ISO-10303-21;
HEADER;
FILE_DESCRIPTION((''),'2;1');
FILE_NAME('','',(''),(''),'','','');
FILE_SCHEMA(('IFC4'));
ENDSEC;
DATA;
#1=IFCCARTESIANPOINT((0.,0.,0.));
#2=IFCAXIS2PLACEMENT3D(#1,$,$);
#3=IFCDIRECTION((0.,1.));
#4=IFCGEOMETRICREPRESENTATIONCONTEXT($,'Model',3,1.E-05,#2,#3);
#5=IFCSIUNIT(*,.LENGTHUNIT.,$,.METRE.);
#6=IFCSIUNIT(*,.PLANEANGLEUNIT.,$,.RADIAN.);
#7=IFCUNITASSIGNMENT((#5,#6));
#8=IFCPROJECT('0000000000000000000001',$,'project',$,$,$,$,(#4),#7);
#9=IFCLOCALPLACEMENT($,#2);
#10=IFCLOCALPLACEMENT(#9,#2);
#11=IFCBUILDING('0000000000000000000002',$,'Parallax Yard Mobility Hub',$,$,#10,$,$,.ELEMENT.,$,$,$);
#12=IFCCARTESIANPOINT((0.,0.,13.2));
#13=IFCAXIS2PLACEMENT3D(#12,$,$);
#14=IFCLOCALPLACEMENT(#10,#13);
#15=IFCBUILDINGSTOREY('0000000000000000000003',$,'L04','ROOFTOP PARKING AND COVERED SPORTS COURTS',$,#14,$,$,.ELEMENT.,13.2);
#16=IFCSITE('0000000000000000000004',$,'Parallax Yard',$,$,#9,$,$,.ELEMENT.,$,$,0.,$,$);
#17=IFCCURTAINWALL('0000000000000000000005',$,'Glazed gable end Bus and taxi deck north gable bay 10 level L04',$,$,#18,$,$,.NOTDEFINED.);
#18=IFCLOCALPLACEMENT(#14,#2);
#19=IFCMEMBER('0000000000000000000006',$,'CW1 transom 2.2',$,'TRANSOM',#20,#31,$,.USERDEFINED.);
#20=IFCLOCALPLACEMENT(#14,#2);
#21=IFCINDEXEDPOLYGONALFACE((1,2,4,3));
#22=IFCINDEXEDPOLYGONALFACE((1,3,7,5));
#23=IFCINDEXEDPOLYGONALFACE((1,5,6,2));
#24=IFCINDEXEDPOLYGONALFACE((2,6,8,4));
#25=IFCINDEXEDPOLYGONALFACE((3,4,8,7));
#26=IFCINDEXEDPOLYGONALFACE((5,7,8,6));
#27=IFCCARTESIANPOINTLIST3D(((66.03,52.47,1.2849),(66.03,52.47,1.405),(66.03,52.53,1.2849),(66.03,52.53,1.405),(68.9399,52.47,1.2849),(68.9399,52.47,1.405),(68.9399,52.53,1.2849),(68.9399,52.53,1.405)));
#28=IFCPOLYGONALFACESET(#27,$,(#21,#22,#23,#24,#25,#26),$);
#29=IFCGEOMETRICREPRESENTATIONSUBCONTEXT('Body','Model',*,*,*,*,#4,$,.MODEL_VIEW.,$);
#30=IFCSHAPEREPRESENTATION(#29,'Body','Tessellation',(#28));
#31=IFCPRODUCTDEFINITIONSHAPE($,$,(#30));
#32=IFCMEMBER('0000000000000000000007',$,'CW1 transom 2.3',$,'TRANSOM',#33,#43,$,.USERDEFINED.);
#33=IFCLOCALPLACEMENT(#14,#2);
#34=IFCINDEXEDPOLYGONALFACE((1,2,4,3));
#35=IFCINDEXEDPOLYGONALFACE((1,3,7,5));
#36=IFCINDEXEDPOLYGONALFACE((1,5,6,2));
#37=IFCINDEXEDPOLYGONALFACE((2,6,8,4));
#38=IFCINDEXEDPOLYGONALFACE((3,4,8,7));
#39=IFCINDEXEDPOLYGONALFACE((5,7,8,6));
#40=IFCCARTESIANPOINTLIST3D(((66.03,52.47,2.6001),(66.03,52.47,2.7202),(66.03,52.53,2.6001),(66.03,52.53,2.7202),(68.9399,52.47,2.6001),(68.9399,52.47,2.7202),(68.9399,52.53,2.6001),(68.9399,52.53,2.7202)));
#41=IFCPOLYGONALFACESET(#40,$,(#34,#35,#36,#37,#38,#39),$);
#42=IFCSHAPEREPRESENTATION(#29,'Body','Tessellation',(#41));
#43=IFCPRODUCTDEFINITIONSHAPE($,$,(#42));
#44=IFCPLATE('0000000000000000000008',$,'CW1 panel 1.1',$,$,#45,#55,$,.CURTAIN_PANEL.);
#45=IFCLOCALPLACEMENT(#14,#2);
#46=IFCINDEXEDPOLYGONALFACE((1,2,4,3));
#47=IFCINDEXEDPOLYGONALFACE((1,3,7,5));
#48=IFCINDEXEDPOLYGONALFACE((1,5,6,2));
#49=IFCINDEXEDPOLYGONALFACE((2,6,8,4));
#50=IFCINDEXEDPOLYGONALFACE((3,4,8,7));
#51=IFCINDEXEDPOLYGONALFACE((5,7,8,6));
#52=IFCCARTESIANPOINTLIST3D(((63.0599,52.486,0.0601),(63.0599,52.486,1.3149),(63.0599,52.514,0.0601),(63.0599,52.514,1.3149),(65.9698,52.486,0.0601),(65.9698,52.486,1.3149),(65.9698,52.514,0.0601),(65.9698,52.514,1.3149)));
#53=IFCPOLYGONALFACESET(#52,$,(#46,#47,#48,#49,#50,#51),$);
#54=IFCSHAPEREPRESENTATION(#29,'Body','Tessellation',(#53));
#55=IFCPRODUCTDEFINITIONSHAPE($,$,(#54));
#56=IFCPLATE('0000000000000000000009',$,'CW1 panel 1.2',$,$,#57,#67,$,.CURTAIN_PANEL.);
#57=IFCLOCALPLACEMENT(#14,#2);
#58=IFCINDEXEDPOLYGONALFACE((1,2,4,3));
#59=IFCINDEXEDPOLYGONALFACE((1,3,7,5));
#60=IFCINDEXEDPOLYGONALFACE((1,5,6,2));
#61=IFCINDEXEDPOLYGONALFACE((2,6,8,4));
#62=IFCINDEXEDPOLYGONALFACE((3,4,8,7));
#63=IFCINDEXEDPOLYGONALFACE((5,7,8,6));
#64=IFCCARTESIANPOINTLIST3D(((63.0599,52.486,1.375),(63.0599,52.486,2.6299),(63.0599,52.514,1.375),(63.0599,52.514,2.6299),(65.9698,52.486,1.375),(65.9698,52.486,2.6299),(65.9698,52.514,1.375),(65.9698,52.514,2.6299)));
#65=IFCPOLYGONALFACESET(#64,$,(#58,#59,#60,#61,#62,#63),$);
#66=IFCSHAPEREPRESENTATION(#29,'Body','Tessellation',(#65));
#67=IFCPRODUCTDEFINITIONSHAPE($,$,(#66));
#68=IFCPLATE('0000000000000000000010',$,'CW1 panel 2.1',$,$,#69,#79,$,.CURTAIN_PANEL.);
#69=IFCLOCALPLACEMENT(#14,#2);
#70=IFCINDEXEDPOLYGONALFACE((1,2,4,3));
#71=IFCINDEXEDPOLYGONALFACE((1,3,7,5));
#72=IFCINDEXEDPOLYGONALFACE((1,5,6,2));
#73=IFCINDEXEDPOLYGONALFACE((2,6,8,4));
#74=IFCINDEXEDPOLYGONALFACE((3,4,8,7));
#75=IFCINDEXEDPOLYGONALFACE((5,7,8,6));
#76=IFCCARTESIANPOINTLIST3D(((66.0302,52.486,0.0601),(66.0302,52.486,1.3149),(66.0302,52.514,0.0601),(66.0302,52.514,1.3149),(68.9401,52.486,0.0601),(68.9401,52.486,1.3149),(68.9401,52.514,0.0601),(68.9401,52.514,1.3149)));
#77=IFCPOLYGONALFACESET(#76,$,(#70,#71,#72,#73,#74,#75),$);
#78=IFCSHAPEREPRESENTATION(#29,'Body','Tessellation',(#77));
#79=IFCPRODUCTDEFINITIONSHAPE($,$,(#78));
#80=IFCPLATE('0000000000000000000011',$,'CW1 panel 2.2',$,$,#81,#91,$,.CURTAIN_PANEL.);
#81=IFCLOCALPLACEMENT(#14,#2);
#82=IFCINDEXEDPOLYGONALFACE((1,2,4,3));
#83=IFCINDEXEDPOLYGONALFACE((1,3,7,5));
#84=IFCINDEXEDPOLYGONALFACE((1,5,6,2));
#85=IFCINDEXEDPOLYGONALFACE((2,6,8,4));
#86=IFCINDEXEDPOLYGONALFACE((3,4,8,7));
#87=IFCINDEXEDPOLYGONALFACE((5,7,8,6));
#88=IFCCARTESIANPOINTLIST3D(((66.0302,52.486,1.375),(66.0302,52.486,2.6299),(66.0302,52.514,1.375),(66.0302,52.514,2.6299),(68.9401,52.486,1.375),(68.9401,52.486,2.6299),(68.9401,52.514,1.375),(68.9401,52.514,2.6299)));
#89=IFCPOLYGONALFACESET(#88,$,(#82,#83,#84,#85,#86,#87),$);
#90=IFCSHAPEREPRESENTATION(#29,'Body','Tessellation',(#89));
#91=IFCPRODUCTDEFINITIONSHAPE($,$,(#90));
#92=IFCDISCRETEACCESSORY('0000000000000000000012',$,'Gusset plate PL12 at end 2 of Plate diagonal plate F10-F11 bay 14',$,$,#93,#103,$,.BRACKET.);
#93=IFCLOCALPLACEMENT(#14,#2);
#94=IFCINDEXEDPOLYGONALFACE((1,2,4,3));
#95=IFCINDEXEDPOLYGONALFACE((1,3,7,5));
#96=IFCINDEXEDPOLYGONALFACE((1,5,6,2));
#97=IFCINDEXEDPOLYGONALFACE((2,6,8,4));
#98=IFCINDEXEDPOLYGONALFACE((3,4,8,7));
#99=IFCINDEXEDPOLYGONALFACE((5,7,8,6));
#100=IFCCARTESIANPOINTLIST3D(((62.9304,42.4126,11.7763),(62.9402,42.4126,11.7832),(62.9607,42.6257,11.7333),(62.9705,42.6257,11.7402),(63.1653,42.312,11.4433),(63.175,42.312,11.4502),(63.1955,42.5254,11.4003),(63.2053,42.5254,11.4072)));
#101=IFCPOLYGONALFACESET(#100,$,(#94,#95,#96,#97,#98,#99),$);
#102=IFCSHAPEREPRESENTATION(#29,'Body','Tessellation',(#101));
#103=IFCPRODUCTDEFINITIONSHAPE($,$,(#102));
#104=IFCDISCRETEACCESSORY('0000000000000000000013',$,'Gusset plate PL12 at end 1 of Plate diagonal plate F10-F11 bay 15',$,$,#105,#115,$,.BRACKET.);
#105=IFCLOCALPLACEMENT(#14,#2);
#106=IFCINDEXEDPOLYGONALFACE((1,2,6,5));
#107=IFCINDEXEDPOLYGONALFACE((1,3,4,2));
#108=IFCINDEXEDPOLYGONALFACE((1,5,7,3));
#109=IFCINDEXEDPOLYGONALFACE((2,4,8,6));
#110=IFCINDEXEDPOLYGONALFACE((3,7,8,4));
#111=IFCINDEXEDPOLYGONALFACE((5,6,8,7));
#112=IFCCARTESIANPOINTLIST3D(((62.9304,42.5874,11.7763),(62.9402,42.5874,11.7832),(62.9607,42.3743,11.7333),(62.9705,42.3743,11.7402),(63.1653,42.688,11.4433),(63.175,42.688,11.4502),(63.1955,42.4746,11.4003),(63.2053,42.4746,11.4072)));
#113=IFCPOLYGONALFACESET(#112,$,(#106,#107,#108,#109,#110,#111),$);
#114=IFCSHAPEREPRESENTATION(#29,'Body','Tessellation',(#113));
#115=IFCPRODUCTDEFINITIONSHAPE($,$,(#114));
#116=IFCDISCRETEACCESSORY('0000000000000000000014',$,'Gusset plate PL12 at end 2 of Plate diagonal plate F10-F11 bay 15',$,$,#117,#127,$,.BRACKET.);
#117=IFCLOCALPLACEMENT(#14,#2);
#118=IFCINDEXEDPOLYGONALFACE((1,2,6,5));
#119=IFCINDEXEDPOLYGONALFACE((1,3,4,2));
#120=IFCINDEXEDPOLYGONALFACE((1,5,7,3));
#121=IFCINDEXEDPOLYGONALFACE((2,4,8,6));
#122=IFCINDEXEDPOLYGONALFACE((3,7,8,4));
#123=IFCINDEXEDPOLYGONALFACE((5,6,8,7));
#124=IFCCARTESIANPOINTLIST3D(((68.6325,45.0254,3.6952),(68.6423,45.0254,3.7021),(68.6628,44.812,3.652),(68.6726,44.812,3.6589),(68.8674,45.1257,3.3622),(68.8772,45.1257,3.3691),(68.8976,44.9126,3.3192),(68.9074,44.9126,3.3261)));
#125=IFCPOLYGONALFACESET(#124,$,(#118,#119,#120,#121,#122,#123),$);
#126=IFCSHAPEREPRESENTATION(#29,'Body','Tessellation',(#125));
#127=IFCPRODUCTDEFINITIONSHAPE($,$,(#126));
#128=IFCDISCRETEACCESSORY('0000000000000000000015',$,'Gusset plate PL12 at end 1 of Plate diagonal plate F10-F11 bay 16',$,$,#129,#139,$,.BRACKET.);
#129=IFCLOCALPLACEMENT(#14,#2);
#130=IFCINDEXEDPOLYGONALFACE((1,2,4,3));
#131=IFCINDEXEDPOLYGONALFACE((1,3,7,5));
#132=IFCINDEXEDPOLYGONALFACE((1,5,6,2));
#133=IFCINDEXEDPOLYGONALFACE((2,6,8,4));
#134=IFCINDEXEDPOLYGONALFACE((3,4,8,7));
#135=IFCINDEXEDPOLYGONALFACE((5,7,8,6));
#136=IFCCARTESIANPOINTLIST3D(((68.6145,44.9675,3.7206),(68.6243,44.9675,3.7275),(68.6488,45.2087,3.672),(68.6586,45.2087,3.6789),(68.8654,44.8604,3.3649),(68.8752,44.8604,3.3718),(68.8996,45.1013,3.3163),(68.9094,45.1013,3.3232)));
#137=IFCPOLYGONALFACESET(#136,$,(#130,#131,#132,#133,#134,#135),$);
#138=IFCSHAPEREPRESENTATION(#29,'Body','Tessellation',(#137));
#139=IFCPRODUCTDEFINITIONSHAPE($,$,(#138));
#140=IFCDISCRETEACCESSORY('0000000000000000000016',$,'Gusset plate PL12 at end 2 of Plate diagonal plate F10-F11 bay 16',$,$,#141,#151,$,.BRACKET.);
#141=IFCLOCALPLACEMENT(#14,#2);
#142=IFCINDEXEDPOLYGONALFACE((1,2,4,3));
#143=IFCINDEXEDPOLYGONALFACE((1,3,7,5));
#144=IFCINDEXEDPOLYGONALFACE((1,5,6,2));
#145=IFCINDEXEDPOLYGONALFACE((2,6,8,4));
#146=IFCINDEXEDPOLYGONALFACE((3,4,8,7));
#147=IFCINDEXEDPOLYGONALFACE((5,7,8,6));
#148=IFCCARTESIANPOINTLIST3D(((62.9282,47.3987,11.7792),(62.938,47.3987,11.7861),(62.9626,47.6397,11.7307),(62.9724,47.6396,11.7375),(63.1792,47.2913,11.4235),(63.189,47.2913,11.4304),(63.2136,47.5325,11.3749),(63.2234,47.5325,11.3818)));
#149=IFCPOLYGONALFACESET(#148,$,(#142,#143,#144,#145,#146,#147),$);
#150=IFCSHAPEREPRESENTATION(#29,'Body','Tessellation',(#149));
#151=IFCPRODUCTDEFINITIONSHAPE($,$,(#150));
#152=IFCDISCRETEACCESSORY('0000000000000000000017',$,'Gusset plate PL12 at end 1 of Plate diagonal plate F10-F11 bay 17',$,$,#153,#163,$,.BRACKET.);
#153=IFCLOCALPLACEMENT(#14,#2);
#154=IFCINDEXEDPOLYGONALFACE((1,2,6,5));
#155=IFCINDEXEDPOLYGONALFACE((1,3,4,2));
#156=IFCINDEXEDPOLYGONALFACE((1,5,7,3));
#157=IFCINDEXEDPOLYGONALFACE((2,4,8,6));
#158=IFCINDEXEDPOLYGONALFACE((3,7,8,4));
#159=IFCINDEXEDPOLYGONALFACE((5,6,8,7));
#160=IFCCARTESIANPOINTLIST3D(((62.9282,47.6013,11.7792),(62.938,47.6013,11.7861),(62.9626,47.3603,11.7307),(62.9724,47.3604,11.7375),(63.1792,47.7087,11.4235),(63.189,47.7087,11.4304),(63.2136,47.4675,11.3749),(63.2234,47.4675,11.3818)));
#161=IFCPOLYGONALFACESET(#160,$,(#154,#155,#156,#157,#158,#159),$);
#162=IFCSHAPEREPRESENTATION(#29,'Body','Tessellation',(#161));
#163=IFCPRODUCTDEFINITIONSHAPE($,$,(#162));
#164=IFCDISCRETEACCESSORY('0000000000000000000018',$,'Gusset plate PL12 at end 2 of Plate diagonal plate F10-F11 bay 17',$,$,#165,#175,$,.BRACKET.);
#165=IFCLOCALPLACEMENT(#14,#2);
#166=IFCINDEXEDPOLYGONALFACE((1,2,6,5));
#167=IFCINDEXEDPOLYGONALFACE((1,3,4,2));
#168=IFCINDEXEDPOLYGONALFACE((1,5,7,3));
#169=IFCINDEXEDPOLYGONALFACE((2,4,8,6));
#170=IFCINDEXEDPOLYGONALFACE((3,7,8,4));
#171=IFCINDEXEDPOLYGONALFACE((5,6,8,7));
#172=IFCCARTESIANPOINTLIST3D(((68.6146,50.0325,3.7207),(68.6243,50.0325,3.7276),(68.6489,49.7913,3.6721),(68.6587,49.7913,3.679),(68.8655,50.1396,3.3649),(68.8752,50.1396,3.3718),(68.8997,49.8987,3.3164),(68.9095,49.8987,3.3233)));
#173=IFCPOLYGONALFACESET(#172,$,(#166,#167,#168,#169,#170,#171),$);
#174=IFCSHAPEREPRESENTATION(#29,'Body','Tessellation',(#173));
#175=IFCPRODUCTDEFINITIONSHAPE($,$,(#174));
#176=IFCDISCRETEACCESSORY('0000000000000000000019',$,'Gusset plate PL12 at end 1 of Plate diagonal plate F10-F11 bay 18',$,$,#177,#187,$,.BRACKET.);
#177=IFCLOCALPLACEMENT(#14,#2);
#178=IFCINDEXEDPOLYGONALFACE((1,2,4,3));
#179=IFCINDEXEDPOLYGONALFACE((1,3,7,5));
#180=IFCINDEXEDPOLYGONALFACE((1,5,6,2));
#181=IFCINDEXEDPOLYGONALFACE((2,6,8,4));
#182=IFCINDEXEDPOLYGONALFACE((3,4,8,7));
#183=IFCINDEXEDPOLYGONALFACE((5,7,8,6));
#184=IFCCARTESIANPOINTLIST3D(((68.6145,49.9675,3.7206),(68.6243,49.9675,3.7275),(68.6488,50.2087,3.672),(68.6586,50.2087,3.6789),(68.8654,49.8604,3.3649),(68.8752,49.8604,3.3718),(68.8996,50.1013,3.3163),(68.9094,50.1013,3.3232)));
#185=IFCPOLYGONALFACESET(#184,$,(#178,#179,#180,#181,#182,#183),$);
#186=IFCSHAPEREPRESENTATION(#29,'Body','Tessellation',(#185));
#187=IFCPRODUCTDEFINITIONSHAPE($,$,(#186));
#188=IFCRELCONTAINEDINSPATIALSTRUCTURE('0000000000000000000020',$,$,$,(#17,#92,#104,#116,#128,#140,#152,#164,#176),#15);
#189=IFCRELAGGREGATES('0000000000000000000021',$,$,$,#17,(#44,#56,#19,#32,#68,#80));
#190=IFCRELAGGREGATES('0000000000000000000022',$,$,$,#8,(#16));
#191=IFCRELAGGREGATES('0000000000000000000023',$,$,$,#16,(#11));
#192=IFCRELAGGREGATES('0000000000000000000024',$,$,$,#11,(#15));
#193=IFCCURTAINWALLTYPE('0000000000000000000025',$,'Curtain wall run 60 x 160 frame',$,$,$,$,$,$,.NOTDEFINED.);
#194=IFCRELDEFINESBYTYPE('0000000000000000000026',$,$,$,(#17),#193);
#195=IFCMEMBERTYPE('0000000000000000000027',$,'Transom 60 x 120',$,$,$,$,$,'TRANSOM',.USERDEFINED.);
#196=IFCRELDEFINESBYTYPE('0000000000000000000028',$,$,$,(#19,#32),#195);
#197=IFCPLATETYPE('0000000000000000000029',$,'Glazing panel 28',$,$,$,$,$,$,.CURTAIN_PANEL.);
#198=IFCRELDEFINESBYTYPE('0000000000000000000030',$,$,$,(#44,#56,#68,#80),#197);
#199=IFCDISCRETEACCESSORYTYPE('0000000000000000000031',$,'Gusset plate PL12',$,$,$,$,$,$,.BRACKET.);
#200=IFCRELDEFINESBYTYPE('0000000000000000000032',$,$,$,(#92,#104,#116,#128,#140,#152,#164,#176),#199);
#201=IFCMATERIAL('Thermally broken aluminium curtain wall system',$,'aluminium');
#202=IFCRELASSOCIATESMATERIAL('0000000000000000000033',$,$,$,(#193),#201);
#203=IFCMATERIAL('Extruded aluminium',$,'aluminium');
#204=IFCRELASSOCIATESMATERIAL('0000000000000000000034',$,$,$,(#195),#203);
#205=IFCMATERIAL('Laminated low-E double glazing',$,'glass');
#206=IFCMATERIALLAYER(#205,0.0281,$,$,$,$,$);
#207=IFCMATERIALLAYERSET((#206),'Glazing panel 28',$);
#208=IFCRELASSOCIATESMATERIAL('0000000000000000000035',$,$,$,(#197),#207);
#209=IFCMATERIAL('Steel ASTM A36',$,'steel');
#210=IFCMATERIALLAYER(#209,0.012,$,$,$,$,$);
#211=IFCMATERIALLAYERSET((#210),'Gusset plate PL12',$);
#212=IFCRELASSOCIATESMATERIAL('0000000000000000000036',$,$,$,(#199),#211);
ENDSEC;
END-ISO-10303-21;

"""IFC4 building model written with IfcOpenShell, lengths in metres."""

from ifc_helpers import new_model, si_unit, direction, frame, origin, origin_2d, place, context, subcontext, project, spatial, polyline, rectangle, outline, extrude, material, layer, layer_set, material_profile, profile_set, type_object, element, aggregate, save


model = new_model("IFC4")

# Units and contexts
model_context = context("Model", 3, precision=1e-05, world=origin(), true_north=direction((0.0, 1.0)))
body_context = subcontext(model_context, "Body", "Model", "MODEL_VIEW")
ifc_project = project(units=[si_unit("LENGTHUNIT", "METRE"), si_unit("PLANEANGLEUNIT", "RADIAN")], contexts=[model_context])

# Site, building, storey
site_placement = place(None, origin())
site = spatial("IfcSite", under=ifc_project, at=site_placement, Name="Parallax Yard", CompositionType="ELEMENT", RefElevation=0.0)
building_placement = place(site_placement, origin())
building = spatial("IfcBuilding", under=site, at=building_placement, Name="Parallax Yard Mobility Hub", CompositionType="ELEMENT")
storey_placement = place(building_placement, frame((0.0, 0.0, 13.2)))
storey = spatial("IfcBuildingStorey", under=building, at=storey_placement, Name="L04", Description="ROOFTOP PARKING AND COVERED SPORTS COURTS", CompositionType="ELEMENT", Elevation=13.2)

# Curtain wall
ifc_material_1 = material(Name="Thermally broken aluminium curtain wall system", Category="aluminium")
curtain_wall_type = type_object("IfcCurtainWallType", Name="Curtain wall run 60 x 160 frame", PredefinedType="NOTDEFINED", material=ifc_material_1)
curtain_wall_1_placement = place(storey_placement, origin())
curtain_wall_1 = element("IfcCurtainWall", 1, at=curtain_wall_1_placement, inside=storey, type_object=curtain_wall_type, Name="Glazed gable end Bus and taxi deck north gable bay 10 level L04", PredefinedType="NOTDEFINED")
ifc_material_2 = material(Name="Extruded aluminium", Category="aluminium")

# Members
ifc_material_profile_1 = material_profile(ifc_material_2, rectangle(XDim=0.0601, YDim=0.1201, at=origin_2d()), Name="Transom 60 x 120")
ifc_profile_set_1 = profile_set([ifc_material_profile_1], Name="Extruded aluminium")
member_type_1 = type_object("IfcMemberType", Name="Transom 60 x 120", ElementType="TRANSOM", PredefinedType="USERDEFINED", material=ifc_profile_set_1)
member_1_placement = place(storey_placement, frame((66.03, 52.5, 1.345), z_axis=(1.0, 0.0, 0.0), x_axis=(0.0, 1.0, 0.0)))
member_1 = element("IfcMember", 2, at=member_1_placement, type_object=member_type_1, Name="CW1 transom 2.2", ObjectType="TRANSOM", PredefinedType="USERDEFINED", context=body_context, shape_type="SweptSolid", body=[
    extrude(rectangle(XDim=0.0601, YDim=0.1201, at=origin_2d()), origin(), (0.0, 0.0, 1.0), 2.9099),
])
member_2_placement = place(storey_placement, frame((66.03, 52.5, 2.6602), z_axis=(1.0, 0.0, 0.0), x_axis=(0.0, 1.0, 0.0)))
member_2 = element("IfcMember", 3, at=member_2_placement, type_object=member_type_1, Name="CW1 transom 2.3", ObjectType="TRANSOM", PredefinedType="USERDEFINED", context=body_context, shape_type="SweptSolid", body=[
    extrude(rectangle(XDim=0.0601, YDim=0.1201, at=origin_2d()), origin(), (0.0, 0.0, 1.0), 2.9099),
])

# Plates
ifc_material_3 = material(Name="Laminated low-E double glazing", Category="glass")
ifc_layer_1 = layer(ifc_material_3, 0.0281)
ifc_layer_set_1 = layer_set([ifc_layer_1], Name="Glazing panel 28")
plate_type = type_object("IfcPlateType", Name="Glazing panel 28", PredefinedType="CURTAIN_PANEL", material=ifc_layer_set_1)
plate_1_placement = place(storey_placement, frame((64.5149, 52.5, 0.0601), z_axis=(0.0, 0.0, 1.0), x_axis=(1.0, 0.0, 0.0)))
plate_1 = element("IfcPlate", 4, at=plate_1_placement, type_object=plate_type, Name="CW1 panel 1.1", PredefinedType="CURTAIN_PANEL", context=body_context, shape_type="SweptSolid", body=[
    extrude(rectangle(XDim=2.9099, YDim=0.0281, at=origin_2d()), origin(), (0.0, 0.0, 1.0), 1.2549),
])
plate_2_placement = place(storey_placement, frame((64.5149, 52.5, 1.375), z_axis=(0.0, 0.0, 1.0), x_axis=(1.0, 0.0, 0.0)))
plate_2 = element("IfcPlate", 5, at=plate_2_placement, type_object=plate_type, Name="CW1 panel 1.2", PredefinedType="CURTAIN_PANEL", context=body_context, shape_type="SweptSolid", body=[
    extrude(rectangle(XDim=2.9099, YDim=0.0281, at=origin_2d()), origin(), (0.0, 0.0, 1.0), 1.2549),
])
plate_3_placement = place(storey_placement, frame((67.4851, 52.5, 0.0601), z_axis=(0.0, 0.0, 1.0), x_axis=(1.0, 0.0, 0.0)))
plate_3 = element("IfcPlate", 6, at=plate_3_placement, type_object=plate_type, Name="CW1 panel 2.1", PredefinedType="CURTAIN_PANEL", context=body_context, shape_type="SweptSolid", body=[
    extrude(rectangle(XDim=2.9099, YDim=0.0281, at=origin_2d()), origin(), (0.0, 0.0, 1.0), 1.2549),
])
plate_4_placement = place(storey_placement, frame((67.4851, 52.5, 1.375), z_axis=(0.0, 0.0, 1.0), x_axis=(1.0, 0.0, 0.0)))
plate_4 = element("IfcPlate", 7, at=plate_4_placement, type_object=plate_type, Name="CW1 panel 2.2", PredefinedType="CURTAIN_PANEL", context=body_context, shape_type="SweptSolid", body=[
    extrude(rectangle(XDim=2.9099, YDim=0.0281, at=origin_2d()), origin(), (0.0, 0.0, 1.0), 1.2549),
])
aggregate(curtain_wall_1, [plate_1, plate_2, member_1, member_2, plate_3, plate_4])

# Discrete accessories
ifc_material_4 = material(Name="Steel ASTM A36", Category="steel")
ifc_layer_2 = layer(ifc_material_4, 0.012)
ifc_layer_set_2 = layer_set([ifc_layer_2], Name="Gusset plate PL12")
discrete_accessory_type = type_object("IfcDiscreteAccessoryType", Name="Gusset plate PL12", PredefinedType="BRACKET", material=ifc_layer_set_2)
discrete_accessory_1_placement = place(storey_placement, frame((63.2053, 42.5254, 11.4072), z_axis=(0.817216, 0.000114, 0.576331), x_axis=(-0.559637, 0.239097, 0.793498)))
element("IfcDiscreteAccessory", 8, at=discrete_accessory_1_placement, inside=storey, type_object=discrete_accessory_type, Name="Gusset plate PL12 at end 2 of Plate diagonal plate F10-F11 bay 14", PredefinedType="BRACKET", context=body_context, shape_type="SweptSolid", body=[
    extrude(outline(polyline([(0.0, 0.0), (0.4197, 0.0), (0.4197, 0.2195), (0.0, 0.2198), (0.0, 0.0)])), origin(), (0.0, 0.0, -1.0), 0.012),
])
discrete_accessory_2_placement = place(storey_placement, frame((63.175, 42.688, 11.4502), z_axis=(0.817216, -0.000114, 0.576331), x_axis=(-0.559559, -0.239645, 0.793388)))
element("IfcDiscreteAccessory", 9, at=discrete_accessory_2_placement, inside=storey, type_object=discrete_accessory_type, Name="Gusset plate PL12 at end 1 of Plate diagonal plate F10-F11 bay 15", PredefinedType="BRACKET", context=body_context, shape_type="SweptSolid", body=[
    extrude(outline(polyline([(0.0, 0.0), (0.4197, 0.0), (0.4198, 0.2195), (0.0001, 0.2198), (0.0, 0.0)])), origin(), (0.0, 0.0, -1.0), 0.012),
])
discrete_accessory_3_placement = place(storey_placement, frame((68.6726, 44.812, 3.6589), z_axis=(0.817167, -0.000465, 0.576401), x_axis=(0.559681, 0.239756, -0.793268)))
element("IfcDiscreteAccessory", 10, at=discrete_accessory_3_placement, inside=storey, type_object=discrete_accessory_type, Name="Gusset plate PL12 at end 2 of Plate diagonal plate F10-F11 bay 15", PredefinedType="BRACKET", context=body_context, shape_type="SweptSolid", body=[
    extrude(outline(polyline([(0.0, 0.0), (0.4195, 0.0), (0.4196, 0.2195), (-0.0001, 0.2198), (0.0, 0.0)])), origin(), (0.0, 0.0, -1.0), 0.012),
])
discrete_accessory_4_placement = place(storey_placement, frame((68.6243, 44.9675, 3.7275), z_axis=(0.817206, -0.000126, 0.576345), x_axis=(0.55961, -0.239055, -0.79353)))
element("IfcDiscreteAccessory", 11, at=discrete_accessory_4_placement, inside=storey, type_object=discrete_accessory_type, Name="Gusset plate PL12 at end 1 of Plate diagonal plate F10-F11 bay 16", PredefinedType="BRACKET", context=body_context, shape_type="SweptSolid", body=[
    extrude(outline(polyline([(0.0, 0.0), (0.4483, 0.0), (0.4484, 0.2482), (0.0002, 0.2485), (0.0, 0.0)])), origin(), (0.0, 0.0, -1.0), 0.012),
])
discrete_accessory_5_placement = place(storey_placement, frame((63.2234, 47.5325, 11.3818), z_axis=(0.817026, -0.000463, 0.5766), x_axis=(-0.559792, 0.239055, 0.793401)))
element("IfcDiscreteAccessory", 12, at=discrete_accessory_5_placement, inside=storey, type_object=discrete_accessory_type, Name="Gusset plate PL12 at end 2 of Plate diagonal plate F10-F11 bay 16", PredefinedType="BRACKET", context=body_context, shape_type="SweptSolid", body=[
    extrude(outline(polyline([(0.0, 0.0), (0.4483, 0.0), (0.4486, 0.2482), (0.0002, 0.2485), (0.0, 0.0)])), origin(), (0.0, 0.0, -1.0), 0.012),
])
discrete_accessory_6_placement = place(storey_placement, frame((63.189, 47.7087, 11.4304), z_axis=(0.817026, 0.000463, 0.5766), x_axis=(-0.559719, -0.239568, 0.793298)))
element("IfcDiscreteAccessory", 13, at=discrete_accessory_6_placement, inside=storey, type_object=discrete_accessory_type, Name="Gusset plate PL12 at end 1 of Plate diagonal plate F10-F11 bay 17", PredefinedType="BRACKET", context=body_context, shape_type="SweptSolid", body=[
    extrude(outline(polyline([(0.0, 0.0), (0.4484, 0.0), (0.4483, 0.2482), (0.0, 0.2485), (0.0, 0.0)])), origin(), (0.0, 0.0, -1.0), 0.012),
])
discrete_accessory_7_placement = place(storey_placement, frame((68.6587, 49.7913, 3.679), z_axis=(0.817206, 0.000126, 0.576345), x_axis=(0.559527, 0.239641, -0.793412)))
element("IfcDiscreteAccessory", 14, at=discrete_accessory_7_placement, inside=storey, type_object=discrete_accessory_type, Name="Gusset plate PL12 at end 2 of Plate diagonal plate F10-F11 bay 17", PredefinedType="BRACKET", context=body_context, shape_type="SweptSolid", body=[
    extrude(outline(polyline([(0.0, 0.0), (0.4483, 0.0), (0.4483, 0.2482), (0.0, 0.2485), (0.0, 0.0)])), origin(), (0.0, 0.0, -1.0), 0.012),
])
discrete_accessory_8_placement = place(storey_placement, frame((68.6243, 49.9675, 3.7275), z_axis=(0.817206, -0.000126, 0.576345), x_axis=(0.55961, -0.239055, -0.79353)))
element("IfcDiscreteAccessory", 15, at=discrete_accessory_8_placement, inside=storey, type_object=discrete_accessory_type, Name="Gusset plate PL12 at end 1 of Plate diagonal plate F10-F11 bay 18", PredefinedType="BRACKET", context=body_context, shape_type="SweptSolid", body=[
    extrude(outline(polyline([(0.0, 0.0), (0.4483, 0.0), (0.4484, 0.2482), (0.0002, 0.2485), (0.0, 0.0)])), origin(), (0.0, 0.0, -1.0), 0.012),
])

save(model, "model.ifc")
